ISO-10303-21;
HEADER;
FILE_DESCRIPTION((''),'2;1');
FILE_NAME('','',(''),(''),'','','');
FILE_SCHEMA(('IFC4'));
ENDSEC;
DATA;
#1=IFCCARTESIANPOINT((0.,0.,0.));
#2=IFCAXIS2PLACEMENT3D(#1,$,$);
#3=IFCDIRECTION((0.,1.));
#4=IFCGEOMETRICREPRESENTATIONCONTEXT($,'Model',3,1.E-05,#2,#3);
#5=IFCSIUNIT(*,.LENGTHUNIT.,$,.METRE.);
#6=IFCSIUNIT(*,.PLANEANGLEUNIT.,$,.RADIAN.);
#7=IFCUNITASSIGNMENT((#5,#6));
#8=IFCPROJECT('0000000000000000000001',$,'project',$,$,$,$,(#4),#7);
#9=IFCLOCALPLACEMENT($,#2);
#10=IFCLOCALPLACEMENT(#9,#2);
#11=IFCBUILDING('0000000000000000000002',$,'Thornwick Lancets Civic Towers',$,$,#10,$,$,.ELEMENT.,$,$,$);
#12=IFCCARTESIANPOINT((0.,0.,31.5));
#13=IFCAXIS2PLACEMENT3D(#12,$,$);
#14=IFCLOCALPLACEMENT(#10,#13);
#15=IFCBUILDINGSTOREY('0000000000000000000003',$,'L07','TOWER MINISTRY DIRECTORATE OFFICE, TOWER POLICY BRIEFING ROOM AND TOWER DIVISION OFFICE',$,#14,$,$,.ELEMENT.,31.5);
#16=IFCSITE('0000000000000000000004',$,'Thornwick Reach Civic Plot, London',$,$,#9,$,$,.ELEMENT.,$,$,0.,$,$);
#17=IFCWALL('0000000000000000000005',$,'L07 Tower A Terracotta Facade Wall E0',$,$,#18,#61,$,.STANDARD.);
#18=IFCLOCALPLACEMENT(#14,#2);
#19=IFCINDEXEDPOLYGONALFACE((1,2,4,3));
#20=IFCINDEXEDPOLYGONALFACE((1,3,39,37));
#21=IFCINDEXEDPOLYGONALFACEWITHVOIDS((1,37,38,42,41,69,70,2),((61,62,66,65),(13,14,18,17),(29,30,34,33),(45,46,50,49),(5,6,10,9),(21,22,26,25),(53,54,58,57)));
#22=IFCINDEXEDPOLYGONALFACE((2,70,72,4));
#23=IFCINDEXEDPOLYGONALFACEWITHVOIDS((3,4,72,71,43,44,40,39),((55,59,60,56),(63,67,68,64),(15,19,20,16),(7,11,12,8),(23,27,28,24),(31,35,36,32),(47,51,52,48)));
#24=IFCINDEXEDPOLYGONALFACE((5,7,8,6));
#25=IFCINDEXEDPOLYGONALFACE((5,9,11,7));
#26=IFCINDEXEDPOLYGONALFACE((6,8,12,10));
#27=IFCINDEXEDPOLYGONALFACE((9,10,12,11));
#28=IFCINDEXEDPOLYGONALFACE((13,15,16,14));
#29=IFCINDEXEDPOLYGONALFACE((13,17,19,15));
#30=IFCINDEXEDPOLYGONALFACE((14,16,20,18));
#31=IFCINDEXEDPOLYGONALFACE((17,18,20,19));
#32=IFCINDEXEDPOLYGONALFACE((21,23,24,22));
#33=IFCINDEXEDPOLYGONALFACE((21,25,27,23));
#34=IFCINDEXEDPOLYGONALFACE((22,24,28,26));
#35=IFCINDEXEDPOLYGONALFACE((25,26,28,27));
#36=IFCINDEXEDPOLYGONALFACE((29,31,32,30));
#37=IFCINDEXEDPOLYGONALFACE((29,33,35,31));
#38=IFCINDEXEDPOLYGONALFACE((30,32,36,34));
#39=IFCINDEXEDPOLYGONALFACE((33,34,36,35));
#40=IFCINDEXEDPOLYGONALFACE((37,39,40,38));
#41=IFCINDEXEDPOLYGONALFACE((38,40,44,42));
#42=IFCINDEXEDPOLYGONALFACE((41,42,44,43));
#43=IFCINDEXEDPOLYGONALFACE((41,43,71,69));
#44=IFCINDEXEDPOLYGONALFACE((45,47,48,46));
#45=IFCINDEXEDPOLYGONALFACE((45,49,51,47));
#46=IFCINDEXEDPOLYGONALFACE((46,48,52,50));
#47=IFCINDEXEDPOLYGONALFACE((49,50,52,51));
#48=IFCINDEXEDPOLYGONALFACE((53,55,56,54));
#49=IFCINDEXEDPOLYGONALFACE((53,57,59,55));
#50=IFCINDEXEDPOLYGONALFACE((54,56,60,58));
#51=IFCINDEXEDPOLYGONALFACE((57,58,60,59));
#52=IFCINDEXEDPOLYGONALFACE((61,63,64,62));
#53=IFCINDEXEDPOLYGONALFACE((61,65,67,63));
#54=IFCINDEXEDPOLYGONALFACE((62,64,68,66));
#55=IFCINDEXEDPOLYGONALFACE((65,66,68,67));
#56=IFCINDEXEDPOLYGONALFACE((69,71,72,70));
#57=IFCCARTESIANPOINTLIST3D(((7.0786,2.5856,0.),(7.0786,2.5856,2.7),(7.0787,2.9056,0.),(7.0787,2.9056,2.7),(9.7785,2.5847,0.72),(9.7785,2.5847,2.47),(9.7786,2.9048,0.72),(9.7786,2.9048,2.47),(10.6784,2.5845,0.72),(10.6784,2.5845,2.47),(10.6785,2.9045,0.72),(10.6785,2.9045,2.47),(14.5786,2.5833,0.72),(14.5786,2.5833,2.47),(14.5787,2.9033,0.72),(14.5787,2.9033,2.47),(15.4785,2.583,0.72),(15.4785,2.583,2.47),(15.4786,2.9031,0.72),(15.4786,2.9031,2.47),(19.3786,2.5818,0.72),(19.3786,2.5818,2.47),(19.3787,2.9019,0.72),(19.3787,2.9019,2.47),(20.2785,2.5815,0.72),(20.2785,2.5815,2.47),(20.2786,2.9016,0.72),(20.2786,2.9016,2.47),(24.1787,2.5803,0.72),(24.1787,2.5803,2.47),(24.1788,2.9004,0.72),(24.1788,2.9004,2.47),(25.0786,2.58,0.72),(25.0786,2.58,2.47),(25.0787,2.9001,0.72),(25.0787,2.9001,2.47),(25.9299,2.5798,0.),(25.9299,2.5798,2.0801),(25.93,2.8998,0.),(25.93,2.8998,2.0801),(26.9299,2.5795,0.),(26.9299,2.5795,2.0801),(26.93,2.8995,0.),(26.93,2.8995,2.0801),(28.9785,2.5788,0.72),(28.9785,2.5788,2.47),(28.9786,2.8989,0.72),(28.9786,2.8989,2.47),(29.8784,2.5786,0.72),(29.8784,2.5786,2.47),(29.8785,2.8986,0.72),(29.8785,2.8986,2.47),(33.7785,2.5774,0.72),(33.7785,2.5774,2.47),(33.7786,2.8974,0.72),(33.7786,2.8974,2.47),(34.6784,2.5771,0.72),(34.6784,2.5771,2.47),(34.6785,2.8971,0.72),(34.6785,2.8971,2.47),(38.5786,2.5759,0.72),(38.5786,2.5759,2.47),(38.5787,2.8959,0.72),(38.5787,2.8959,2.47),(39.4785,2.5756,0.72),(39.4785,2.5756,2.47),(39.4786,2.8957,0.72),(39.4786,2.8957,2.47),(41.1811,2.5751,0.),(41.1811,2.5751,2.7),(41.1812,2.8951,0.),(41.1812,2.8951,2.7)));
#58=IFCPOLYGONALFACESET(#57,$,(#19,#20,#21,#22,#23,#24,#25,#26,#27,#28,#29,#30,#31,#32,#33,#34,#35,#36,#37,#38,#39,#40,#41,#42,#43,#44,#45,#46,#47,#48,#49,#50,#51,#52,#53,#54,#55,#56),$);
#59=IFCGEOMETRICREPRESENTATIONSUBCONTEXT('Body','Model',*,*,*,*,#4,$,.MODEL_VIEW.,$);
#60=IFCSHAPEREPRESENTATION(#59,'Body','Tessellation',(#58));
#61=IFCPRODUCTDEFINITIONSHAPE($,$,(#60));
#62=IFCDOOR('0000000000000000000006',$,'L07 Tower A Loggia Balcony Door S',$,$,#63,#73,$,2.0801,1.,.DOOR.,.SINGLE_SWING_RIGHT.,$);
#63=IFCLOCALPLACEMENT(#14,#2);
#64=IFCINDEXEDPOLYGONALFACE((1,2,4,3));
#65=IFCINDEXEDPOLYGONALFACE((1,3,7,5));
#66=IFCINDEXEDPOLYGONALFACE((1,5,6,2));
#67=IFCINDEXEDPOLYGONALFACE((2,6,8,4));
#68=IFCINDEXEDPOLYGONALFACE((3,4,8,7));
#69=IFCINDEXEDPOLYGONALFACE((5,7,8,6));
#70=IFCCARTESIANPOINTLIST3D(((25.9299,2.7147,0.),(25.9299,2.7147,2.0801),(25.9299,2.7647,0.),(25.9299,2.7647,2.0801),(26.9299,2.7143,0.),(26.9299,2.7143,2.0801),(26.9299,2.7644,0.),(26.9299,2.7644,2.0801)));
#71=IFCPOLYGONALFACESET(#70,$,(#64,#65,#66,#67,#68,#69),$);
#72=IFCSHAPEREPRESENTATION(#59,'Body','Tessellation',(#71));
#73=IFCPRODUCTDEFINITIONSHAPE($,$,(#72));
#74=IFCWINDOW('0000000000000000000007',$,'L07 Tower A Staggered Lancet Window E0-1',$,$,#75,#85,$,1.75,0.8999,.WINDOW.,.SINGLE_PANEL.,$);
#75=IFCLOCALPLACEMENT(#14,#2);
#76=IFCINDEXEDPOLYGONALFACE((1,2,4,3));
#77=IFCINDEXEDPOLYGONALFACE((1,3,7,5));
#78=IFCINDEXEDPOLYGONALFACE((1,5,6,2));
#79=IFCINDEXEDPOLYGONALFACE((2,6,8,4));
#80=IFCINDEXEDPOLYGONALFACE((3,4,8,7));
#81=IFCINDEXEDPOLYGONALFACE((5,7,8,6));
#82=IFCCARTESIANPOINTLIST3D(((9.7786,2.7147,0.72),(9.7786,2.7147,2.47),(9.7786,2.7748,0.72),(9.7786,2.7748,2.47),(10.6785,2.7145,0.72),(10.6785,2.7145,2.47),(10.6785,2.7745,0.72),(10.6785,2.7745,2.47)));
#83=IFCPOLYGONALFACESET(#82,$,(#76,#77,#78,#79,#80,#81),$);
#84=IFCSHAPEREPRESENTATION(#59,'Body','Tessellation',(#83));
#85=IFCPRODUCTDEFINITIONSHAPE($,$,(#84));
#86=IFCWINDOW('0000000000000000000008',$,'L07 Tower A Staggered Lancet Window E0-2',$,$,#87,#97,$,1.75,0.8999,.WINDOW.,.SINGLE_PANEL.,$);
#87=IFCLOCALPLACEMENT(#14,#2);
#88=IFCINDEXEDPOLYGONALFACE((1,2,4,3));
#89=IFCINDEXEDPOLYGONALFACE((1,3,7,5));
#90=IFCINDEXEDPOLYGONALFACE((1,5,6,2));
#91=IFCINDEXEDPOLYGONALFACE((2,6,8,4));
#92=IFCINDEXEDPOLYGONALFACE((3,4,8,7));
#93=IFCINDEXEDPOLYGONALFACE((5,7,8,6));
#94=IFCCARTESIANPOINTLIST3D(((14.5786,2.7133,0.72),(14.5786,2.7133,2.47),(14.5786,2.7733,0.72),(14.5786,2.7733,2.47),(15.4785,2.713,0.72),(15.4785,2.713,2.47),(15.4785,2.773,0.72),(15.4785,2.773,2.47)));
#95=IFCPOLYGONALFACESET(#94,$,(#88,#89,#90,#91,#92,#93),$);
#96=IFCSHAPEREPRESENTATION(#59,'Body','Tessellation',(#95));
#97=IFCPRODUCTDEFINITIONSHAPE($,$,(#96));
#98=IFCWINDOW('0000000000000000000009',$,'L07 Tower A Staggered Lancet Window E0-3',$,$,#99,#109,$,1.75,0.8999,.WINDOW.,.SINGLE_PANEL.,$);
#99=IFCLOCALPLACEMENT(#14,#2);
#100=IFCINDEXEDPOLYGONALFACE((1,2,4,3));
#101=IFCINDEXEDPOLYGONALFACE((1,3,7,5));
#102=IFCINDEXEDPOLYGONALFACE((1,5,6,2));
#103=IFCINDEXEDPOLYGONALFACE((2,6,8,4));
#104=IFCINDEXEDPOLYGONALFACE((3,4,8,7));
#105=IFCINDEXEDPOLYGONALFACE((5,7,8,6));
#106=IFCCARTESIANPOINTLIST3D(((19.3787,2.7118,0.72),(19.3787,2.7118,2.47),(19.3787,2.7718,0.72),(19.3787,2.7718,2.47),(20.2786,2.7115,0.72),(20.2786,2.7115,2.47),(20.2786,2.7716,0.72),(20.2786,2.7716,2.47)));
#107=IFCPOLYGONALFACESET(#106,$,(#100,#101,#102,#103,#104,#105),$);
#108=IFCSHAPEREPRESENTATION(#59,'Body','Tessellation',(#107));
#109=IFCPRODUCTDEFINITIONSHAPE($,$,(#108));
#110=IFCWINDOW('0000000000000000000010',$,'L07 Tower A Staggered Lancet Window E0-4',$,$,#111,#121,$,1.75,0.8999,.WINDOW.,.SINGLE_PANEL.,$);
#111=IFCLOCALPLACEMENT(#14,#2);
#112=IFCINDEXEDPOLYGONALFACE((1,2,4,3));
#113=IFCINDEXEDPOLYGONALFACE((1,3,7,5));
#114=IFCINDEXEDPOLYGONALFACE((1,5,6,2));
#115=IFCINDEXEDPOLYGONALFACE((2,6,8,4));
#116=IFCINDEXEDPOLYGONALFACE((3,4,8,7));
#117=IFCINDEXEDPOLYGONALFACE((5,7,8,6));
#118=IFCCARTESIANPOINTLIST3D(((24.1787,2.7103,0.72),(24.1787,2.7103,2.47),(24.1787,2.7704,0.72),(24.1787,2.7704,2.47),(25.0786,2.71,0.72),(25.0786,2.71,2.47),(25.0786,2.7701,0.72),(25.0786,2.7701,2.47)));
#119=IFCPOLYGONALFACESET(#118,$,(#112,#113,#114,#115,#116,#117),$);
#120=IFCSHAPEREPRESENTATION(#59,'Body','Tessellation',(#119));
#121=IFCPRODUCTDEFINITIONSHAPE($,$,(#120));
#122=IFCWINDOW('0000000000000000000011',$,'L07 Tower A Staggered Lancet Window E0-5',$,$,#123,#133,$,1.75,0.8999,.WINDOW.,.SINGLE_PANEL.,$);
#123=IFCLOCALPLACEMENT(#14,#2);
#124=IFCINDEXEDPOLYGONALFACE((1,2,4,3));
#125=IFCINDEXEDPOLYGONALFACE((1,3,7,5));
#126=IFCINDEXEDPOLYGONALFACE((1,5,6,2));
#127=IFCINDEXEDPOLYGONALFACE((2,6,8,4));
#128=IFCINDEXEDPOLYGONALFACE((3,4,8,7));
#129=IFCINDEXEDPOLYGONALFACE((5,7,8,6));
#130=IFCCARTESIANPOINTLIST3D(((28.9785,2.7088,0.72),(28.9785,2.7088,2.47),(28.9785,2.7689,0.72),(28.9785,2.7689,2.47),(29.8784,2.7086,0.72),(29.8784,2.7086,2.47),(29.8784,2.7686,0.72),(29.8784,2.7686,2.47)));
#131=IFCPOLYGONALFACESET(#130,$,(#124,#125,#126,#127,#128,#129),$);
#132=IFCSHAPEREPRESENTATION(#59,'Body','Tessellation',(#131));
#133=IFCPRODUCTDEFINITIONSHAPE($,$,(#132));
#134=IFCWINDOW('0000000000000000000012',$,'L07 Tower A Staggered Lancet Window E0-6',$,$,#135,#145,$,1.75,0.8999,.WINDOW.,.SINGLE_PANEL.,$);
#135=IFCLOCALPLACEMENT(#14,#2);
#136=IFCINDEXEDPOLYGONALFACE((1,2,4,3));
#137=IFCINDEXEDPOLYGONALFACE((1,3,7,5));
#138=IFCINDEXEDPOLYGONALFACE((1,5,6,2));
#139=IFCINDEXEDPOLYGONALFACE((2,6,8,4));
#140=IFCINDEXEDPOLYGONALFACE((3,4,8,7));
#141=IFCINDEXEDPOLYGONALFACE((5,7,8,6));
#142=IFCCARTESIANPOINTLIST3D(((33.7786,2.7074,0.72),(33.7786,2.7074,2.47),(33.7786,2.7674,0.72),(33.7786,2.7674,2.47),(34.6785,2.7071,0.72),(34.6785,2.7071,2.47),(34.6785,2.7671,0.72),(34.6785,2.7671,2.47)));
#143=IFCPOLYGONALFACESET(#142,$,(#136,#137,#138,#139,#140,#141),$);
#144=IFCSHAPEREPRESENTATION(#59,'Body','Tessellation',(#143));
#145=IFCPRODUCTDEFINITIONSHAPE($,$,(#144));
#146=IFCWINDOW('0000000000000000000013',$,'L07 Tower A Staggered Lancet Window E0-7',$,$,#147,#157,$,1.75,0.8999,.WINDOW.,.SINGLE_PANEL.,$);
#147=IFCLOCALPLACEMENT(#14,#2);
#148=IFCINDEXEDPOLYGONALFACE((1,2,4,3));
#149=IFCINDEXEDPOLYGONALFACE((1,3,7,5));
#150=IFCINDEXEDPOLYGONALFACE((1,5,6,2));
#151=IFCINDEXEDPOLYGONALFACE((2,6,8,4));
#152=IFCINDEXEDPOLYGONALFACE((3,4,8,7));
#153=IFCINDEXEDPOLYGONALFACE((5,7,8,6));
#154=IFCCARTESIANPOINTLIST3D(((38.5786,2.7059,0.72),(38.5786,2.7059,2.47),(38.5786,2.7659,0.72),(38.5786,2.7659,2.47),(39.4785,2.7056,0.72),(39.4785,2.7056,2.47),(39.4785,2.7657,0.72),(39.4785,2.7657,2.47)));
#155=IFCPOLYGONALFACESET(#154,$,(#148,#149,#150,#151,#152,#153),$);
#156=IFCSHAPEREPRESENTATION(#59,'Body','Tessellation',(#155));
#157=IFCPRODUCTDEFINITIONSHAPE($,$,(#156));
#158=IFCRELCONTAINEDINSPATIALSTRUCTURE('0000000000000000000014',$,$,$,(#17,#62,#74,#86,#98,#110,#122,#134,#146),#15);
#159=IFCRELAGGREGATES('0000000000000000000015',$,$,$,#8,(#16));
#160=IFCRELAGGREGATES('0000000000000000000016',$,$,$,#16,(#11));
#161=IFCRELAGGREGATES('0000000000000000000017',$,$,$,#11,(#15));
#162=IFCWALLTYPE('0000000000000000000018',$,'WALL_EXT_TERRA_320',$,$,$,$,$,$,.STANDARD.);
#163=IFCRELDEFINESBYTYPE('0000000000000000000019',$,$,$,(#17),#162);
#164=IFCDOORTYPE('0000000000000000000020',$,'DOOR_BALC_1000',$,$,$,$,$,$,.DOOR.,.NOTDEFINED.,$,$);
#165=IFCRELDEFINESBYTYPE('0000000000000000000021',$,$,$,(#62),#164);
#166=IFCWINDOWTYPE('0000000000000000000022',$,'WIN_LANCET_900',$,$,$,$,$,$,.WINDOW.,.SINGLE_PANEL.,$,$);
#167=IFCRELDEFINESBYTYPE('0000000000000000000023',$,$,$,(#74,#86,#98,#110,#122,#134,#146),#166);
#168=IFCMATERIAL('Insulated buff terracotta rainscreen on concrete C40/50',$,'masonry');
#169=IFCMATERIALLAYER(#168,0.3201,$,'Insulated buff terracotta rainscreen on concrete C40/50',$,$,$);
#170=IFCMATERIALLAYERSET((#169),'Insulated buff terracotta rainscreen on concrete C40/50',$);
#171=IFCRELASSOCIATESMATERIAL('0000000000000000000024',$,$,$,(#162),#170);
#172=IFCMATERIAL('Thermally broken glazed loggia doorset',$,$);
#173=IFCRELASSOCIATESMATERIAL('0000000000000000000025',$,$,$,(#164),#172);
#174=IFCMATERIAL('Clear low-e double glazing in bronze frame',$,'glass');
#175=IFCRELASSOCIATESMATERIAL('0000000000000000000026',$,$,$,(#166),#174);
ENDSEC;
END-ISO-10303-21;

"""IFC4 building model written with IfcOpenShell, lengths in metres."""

from ifc_helpers import new_model, si_unit, direction, frame, frame_2d, origin, place, context, subcontext, project, spatial, rectangle, extrude, material, layer, layer_set, type_object, element, fill, save


model = new_model("IFC4")

# Units and contexts
model_context = context("Model", 3, precision=1e-05, world=origin(), true_north=direction((0.0, 1.0)))
body_context = subcontext(model_context, "Body", "Model", "MODEL_VIEW")
ifc_project = project(units=[si_unit("LENGTHUNIT", "METRE"), si_unit("PLANEANGLEUNIT", "RADIAN")], contexts=[model_context])

# Site, building, storey
site_placement = place(None, origin())
site = spatial("IfcSite", under=ifc_project, at=site_placement, Name="Thornwick Reach Civic Plot, London", CompositionType="ELEMENT", RefElevation=0.0)
building_placement = place(site_placement, origin())
building = spatial("IfcBuilding", under=site, at=building_placement, Name="Thornwick Lancets Civic Towers", CompositionType="ELEMENT")
storey_placement = place(building_placement, frame((0.0, 0.0, 31.5)))
storey = spatial("IfcBuildingStorey", under=building, at=storey_placement, Name="L07", Description="TOWER MINISTRY DIRECTORATE OFFICE, TOWER POLICY BRIEFING ROOM AND TOWER DIVISION OFFICE", CompositionType="ELEMENT", Elevation=31.5)

# Wall, openings, door, windows
ifc_material_1 = material(Name="Insulated buff terracotta rainscreen on concrete C40/50", Category="masonry")
ifc_layer_1 = layer(ifc_material_1, 0.3201, Name="Insulated buff terracotta rainscreen on concrete C40/50")
ifc_layer_set_1 = layer_set([ifc_layer_1], Name="Insulated buff terracotta rainscreen on concrete C40/50")
wall_type_1 = type_object("IfcWallType", Name="WALL_EXT_TERRA_320", PredefinedType="STANDARD", material=ifc_layer_set_1)
wall_1_placement = place(storey_placement, frame((7.0786, 2.7456, 0.0), z_axis=(0.0, 0.0, 1.0), x_axis=(1.0, -0.000308, 0.0)))
wall_1 = element("IfcWall", 1, at=wall_1_placement, inside=storey, type_object=wall_type_1, Name="L07 Tower A Terracotta Facade Wall E0", PredefinedType="STANDARD", context=body_context, shape_type="SweptSolid", body=[
    extrude(rectangle(XDim=34.1025, YDim=0.3201, at=frame_2d((17.0513, 0.0))), origin(), (0.0, 0.0, 1.0), 2.7),
])
opening_1_placement = place(wall_1_placement, frame((18.8513, 0.0, 0.0)))
opening_1 = element("IfcOpeningElement", 2, at=opening_1_placement, cuts=wall_1, PredefinedType="OPENING", context=body_context, shape_type="SweptSolid", body=[
    extrude(rectangle(XDim=1.0, YDim=2.0801, at=frame_2d((0.5, 1.04))), frame((0.0, 0.1699, 0.0), z_axis=(0.0, -1.0, 0.0), x_axis=(1.0, 0.0, 0.0)), (0.0, 0.0, 1.0), 0.3401),
])
opening_2_placement = place(wall_1_placement, frame((2.7, 0.0, 0.72)))
opening_2 = element("IfcOpeningElement", 3, at=opening_2_placement, cuts=wall_1, PredefinedType="OPENING", context=body_context, shape_type="SweptSolid", body=[
    extrude(rectangle(XDim=0.8999, YDim=1.75, at=frame_2d((0.45, 0.875))), frame((0.0, 0.1699, 0.0), z_axis=(0.0, -1.0, 0.0), x_axis=(1.0, 0.0, 0.0)), (0.0, 0.0, 1.0), 0.3401),
])
opening_3_placement = place(wall_1_placement, frame((7.5, 0.0, 0.72)))
opening_3 = element("IfcOpeningElement", 4, at=opening_3_placement, cuts=wall_1, PredefinedType="OPENING", context=body_context, shape_type="SweptSolid", body=[
    extrude(rectangle(XDim=0.8999, YDim=1.75, at=frame_2d((0.45, 0.875))), frame((0.0, 0.1699, 0.0), z_axis=(0.0, -1.0, 0.0), x_axis=(1.0, 0.0, 0.0)), (0.0, 0.0, 1.0), 0.3401),
])
opening_4_placement = place(wall_1_placement, frame((12.3, 0.0, 0.72)))
opening_4 = element("IfcOpeningElement", 5, at=opening_4_placement, cuts=wall_1, PredefinedType="OPENING", context=body_context, shape_type="SweptSolid", body=[
    extrude(rectangle(XDim=0.8999, YDim=1.75, at=frame_2d((0.45, 0.875))), frame((0.0, 0.1699, 0.0), z_axis=(0.0, -1.0, 0.0), x_axis=(1.0, 0.0, 0.0)), (0.0, 0.0, 1.0), 0.3401),
])
opening_5_placement = place(wall_1_placement, frame((17.1001, 0.0, 0.72)))
opening_5 = element("IfcOpeningElement", 6, at=opening_5_placement, cuts=wall_1, PredefinedType="OPENING", context=body_context, shape_type="SweptSolid", body=[
    extrude(rectangle(XDim=0.8999, YDim=1.75, at=frame_2d((0.45, 0.875))), frame((0.0, 0.1699, 0.0), z_axis=(0.0, -1.0, 0.0), x_axis=(1.0, 0.0, 0.0)), (0.0, 0.0, 1.0), 0.3401),
])
opening_6_placement = place(wall_1_placement, frame((21.8999, 0.0, 0.72)))
opening_6 = element("IfcOpeningElement", 7, at=opening_6_placement, cuts=wall_1, PredefinedType="OPENING", context=body_context, shape_type="SweptSolid", body=[
    extrude(rectangle(XDim=0.8999, YDim=1.75, at=frame_2d((0.45, 0.875))), frame((0.0, 0.1699, 0.0), z_axis=(0.0, -1.0, 0.0), x_axis=(1.0, 0.0, 0.0)), (0.0, 0.0, 1.0), 0.3401),
])
opening_7_placement = place(wall_1_placement, frame((26.7, 0.0, 0.72)))
opening_7 = element("IfcOpeningElement", 8, at=opening_7_placement, cuts=wall_1, PredefinedType="OPENING", context=body_context, shape_type="SweptSolid", body=[
    extrude(rectangle(XDim=0.8999, YDim=1.75, at=frame_2d((0.45, 0.875))), frame((0.0, 0.1699, 0.0), z_axis=(0.0, -1.0, 0.0), x_axis=(1.0, 0.0, 0.0)), (0.0, 0.0, 1.0), 0.3401),
])
opening_8_placement = place(wall_1_placement, frame((31.5, 0.0, 0.72)))
opening_8 = element("IfcOpeningElement", 9, at=opening_8_placement, cuts=wall_1, PredefinedType="OPENING", context=body_context, shape_type="SweptSolid", body=[
    extrude(rectangle(XDim=0.8999, YDim=1.75, at=frame_2d((0.45, 0.875))), frame((0.0, 0.1699, 0.0), z_axis=(0.0, -1.0, 0.0), x_axis=(1.0, 0.0, 0.0)), (0.0, 0.0, 1.0), 0.3401),
])
ifc_material_2 = material(Name="Thermally broken glazed loggia doorset")
door_type = type_object("IfcDoorType", Name="DOOR_BALC_1000", OperationType="NOTDEFINED", PredefinedType="DOOR", material=ifc_material_2)
door_placement = place(opening_1_placement, origin())
door = element("IfcDoor", 10, at=door_placement, inside=storey, type_object=door_type, Name="L07 Tower A Loggia Balcony Door S", OperationType="SINGLE_SWING_RIGHT", OverallHeight=2.0801, OverallWidth=1.0, PredefinedType="DOOR", context=body_context, shape_type="SweptSolid", body=[
    extrude(rectangle(XDim=1.0, YDim=2.0801, at=frame_2d((0.5, 1.04))), frame((0.0, 0.0249, 0.0), z_axis=(0.0, -1.0, 0.0), x_axis=(1.0, 0.0, 0.0)), (0.0, 0.0, 1.0), 0.05),
])
fill(opening_1, door)
ifc_material_3 = material(Name="Clear low-e double glazing in bronze frame", Category="glass")
window_type = type_object("IfcWindowType", Name="WIN_LANCET_900", PartitioningType="SINGLE_PANEL", PredefinedType="WINDOW", material=ifc_material_3)
window_1_placement = place(opening_2_placement, origin())
window_1 = element("IfcWindow", 11, at=window_1_placement, inside=storey, type_object=window_type, Name="L07 Tower A Staggered Lancet Window E0-1", OverallHeight=1.75, OverallWidth=0.8999, PartitioningType="SINGLE_PANEL", PredefinedType="WINDOW", context=body_context, shape_type="SweptSolid", body=[
    extrude(rectangle(XDim=0.8999, YDim=1.75, at=frame_2d((0.45, 0.875))), frame((0.0, 0.03, 0.0), z_axis=(0.0, -1.0, 0.0), x_axis=(1.0, 0.0, 0.0)), (0.0, 0.0, 1.0), 0.0601),
])
fill(opening_2, window_1)
window_2_placement = place(opening_3_placement, origin())
window_2 = element("IfcWindow", 12, at=window_2_placement, inside=storey, type_object=window_type, Name="L07 Tower A Staggered Lancet Window E0-2", OverallHeight=1.75, OverallWidth=0.8999, PartitioningType="SINGLE_PANEL", PredefinedType="WINDOW", context=body_context, shape_type="SweptSolid", body=[
    extrude(rectangle(XDim=0.8999, YDim=1.75, at=frame_2d((0.45, 0.875))), frame((0.0, 0.03, 0.0), z_axis=(0.0, -1.0, 0.0), x_axis=(1.0, 0.0, 0.0)), (0.0, 0.0, 1.0), 0.0601),
])
fill(opening_3, window_2)
window_3_placement = place(opening_4_placement, origin())
window_3 = element("IfcWindow", 13, at=window_3_placement, inside=storey, type_object=window_type, Name="L07 Tower A Staggered Lancet Window E0-3", OverallHeight=1.75, OverallWidth=0.8999, PartitioningType="SINGLE_PANEL", PredefinedType="WINDOW", context=body_context, shape_type="SweptSolid", body=[
    extrude(rectangle(XDim=0.8999, YDim=1.75, at=frame_2d((0.45, 0.875))), frame((0.0, 0.03, 0.0), z_axis=(0.0, -1.0, 0.0), x_axis=(1.0, 0.0, 0.0)), (0.0, 0.0, 1.0), 0.0601),
])
fill(opening_4, window_3)
window_4_placement = place(opening_5_placement, origin())
window_4 = element("IfcWindow", 14, at=window_4_placement, inside=storey, type_object=window_type, Name="L07 Tower A Staggered Lancet Window E0-4", OverallHeight=1.75, OverallWidth=0.8999, PartitioningType="SINGLE_PANEL", PredefinedType="WINDOW", context=body_context, shape_type="SweptSolid", body=[
    extrude(rectangle(XDim=0.8999, YDim=1.75, at=frame_2d((0.45, 0.875))), frame((0.0, 0.03, 0.0), z_axis=(0.0, -1.0, 0.0), x_axis=(1.0, 0.0, 0.0)), (0.0, 0.0, 1.0), 0.0601),
])
fill(opening_5, window_4)
window_5_placement = place(opening_6_placement, origin())
window_5 = element("IfcWindow", 15, at=window_5_placement, inside=storey, type_object=window_type, Name="L07 Tower A Staggered Lancet Window E0-5", OverallHeight=1.75, OverallWidth=0.8999, PartitioningType="SINGLE_PANEL", PredefinedType="WINDOW", context=body_context, shape_type="SweptSolid", body=[
    extrude(rectangle(XDim=0.8999, YDim=1.75, at=frame_2d((0.45, 0.875))), frame((0.0, 0.03, 0.0), z_axis=(0.0, -1.0, 0.0), x_axis=(1.0, 0.0, 0.0)), (0.0, 0.0, 1.0), 0.0601),
])
fill(opening_6, window_5)
window_6_placement = place(opening_7_placement, origin())
window_6 = element("IfcWindow", 16, at=window_6_placement, inside=storey, type_object=window_type, Name="L07 Tower A Staggered Lancet Window E0-6", OverallHeight=1.75, OverallWidth=0.8999, PartitioningType="SINGLE_PANEL", PredefinedType="WINDOW", context=body_context, shape_type="SweptSolid", body=[
    extrude(rectangle(XDim=0.8999, YDim=1.75, at=frame_2d((0.45, 0.875))), frame((0.0, 0.03, 0.0), z_axis=(0.0, -1.0, 0.0), x_axis=(1.0, 0.0, 0.0)), (0.0, 0.0, 1.0), 0.0601),
])
fill(opening_7, window_6)
window_7_placement = place(opening_8_placement, origin())
window_7 = element("IfcWindow", 17, at=window_7_placement, inside=storey, type_object=window_type, Name="L07 Tower A Staggered Lancet Window E0-7", OverallHeight=1.75, OverallWidth=0.8999, PartitioningType="SINGLE_PANEL", PredefinedType="WINDOW", context=body_context, shape_type="SweptSolid", body=[
    extrude(rectangle(XDim=0.8999, YDim=1.75, at=frame_2d((0.45, 0.875))), frame((0.0, 0.03, 0.0), z_axis=(0.0, -1.0, 0.0), x_axis=(1.0, 0.0, 0.0)), (0.0, 0.0, 1.0), 0.0601),
])
fill(opening_8, window_7)

save(model, "model.ifc")
